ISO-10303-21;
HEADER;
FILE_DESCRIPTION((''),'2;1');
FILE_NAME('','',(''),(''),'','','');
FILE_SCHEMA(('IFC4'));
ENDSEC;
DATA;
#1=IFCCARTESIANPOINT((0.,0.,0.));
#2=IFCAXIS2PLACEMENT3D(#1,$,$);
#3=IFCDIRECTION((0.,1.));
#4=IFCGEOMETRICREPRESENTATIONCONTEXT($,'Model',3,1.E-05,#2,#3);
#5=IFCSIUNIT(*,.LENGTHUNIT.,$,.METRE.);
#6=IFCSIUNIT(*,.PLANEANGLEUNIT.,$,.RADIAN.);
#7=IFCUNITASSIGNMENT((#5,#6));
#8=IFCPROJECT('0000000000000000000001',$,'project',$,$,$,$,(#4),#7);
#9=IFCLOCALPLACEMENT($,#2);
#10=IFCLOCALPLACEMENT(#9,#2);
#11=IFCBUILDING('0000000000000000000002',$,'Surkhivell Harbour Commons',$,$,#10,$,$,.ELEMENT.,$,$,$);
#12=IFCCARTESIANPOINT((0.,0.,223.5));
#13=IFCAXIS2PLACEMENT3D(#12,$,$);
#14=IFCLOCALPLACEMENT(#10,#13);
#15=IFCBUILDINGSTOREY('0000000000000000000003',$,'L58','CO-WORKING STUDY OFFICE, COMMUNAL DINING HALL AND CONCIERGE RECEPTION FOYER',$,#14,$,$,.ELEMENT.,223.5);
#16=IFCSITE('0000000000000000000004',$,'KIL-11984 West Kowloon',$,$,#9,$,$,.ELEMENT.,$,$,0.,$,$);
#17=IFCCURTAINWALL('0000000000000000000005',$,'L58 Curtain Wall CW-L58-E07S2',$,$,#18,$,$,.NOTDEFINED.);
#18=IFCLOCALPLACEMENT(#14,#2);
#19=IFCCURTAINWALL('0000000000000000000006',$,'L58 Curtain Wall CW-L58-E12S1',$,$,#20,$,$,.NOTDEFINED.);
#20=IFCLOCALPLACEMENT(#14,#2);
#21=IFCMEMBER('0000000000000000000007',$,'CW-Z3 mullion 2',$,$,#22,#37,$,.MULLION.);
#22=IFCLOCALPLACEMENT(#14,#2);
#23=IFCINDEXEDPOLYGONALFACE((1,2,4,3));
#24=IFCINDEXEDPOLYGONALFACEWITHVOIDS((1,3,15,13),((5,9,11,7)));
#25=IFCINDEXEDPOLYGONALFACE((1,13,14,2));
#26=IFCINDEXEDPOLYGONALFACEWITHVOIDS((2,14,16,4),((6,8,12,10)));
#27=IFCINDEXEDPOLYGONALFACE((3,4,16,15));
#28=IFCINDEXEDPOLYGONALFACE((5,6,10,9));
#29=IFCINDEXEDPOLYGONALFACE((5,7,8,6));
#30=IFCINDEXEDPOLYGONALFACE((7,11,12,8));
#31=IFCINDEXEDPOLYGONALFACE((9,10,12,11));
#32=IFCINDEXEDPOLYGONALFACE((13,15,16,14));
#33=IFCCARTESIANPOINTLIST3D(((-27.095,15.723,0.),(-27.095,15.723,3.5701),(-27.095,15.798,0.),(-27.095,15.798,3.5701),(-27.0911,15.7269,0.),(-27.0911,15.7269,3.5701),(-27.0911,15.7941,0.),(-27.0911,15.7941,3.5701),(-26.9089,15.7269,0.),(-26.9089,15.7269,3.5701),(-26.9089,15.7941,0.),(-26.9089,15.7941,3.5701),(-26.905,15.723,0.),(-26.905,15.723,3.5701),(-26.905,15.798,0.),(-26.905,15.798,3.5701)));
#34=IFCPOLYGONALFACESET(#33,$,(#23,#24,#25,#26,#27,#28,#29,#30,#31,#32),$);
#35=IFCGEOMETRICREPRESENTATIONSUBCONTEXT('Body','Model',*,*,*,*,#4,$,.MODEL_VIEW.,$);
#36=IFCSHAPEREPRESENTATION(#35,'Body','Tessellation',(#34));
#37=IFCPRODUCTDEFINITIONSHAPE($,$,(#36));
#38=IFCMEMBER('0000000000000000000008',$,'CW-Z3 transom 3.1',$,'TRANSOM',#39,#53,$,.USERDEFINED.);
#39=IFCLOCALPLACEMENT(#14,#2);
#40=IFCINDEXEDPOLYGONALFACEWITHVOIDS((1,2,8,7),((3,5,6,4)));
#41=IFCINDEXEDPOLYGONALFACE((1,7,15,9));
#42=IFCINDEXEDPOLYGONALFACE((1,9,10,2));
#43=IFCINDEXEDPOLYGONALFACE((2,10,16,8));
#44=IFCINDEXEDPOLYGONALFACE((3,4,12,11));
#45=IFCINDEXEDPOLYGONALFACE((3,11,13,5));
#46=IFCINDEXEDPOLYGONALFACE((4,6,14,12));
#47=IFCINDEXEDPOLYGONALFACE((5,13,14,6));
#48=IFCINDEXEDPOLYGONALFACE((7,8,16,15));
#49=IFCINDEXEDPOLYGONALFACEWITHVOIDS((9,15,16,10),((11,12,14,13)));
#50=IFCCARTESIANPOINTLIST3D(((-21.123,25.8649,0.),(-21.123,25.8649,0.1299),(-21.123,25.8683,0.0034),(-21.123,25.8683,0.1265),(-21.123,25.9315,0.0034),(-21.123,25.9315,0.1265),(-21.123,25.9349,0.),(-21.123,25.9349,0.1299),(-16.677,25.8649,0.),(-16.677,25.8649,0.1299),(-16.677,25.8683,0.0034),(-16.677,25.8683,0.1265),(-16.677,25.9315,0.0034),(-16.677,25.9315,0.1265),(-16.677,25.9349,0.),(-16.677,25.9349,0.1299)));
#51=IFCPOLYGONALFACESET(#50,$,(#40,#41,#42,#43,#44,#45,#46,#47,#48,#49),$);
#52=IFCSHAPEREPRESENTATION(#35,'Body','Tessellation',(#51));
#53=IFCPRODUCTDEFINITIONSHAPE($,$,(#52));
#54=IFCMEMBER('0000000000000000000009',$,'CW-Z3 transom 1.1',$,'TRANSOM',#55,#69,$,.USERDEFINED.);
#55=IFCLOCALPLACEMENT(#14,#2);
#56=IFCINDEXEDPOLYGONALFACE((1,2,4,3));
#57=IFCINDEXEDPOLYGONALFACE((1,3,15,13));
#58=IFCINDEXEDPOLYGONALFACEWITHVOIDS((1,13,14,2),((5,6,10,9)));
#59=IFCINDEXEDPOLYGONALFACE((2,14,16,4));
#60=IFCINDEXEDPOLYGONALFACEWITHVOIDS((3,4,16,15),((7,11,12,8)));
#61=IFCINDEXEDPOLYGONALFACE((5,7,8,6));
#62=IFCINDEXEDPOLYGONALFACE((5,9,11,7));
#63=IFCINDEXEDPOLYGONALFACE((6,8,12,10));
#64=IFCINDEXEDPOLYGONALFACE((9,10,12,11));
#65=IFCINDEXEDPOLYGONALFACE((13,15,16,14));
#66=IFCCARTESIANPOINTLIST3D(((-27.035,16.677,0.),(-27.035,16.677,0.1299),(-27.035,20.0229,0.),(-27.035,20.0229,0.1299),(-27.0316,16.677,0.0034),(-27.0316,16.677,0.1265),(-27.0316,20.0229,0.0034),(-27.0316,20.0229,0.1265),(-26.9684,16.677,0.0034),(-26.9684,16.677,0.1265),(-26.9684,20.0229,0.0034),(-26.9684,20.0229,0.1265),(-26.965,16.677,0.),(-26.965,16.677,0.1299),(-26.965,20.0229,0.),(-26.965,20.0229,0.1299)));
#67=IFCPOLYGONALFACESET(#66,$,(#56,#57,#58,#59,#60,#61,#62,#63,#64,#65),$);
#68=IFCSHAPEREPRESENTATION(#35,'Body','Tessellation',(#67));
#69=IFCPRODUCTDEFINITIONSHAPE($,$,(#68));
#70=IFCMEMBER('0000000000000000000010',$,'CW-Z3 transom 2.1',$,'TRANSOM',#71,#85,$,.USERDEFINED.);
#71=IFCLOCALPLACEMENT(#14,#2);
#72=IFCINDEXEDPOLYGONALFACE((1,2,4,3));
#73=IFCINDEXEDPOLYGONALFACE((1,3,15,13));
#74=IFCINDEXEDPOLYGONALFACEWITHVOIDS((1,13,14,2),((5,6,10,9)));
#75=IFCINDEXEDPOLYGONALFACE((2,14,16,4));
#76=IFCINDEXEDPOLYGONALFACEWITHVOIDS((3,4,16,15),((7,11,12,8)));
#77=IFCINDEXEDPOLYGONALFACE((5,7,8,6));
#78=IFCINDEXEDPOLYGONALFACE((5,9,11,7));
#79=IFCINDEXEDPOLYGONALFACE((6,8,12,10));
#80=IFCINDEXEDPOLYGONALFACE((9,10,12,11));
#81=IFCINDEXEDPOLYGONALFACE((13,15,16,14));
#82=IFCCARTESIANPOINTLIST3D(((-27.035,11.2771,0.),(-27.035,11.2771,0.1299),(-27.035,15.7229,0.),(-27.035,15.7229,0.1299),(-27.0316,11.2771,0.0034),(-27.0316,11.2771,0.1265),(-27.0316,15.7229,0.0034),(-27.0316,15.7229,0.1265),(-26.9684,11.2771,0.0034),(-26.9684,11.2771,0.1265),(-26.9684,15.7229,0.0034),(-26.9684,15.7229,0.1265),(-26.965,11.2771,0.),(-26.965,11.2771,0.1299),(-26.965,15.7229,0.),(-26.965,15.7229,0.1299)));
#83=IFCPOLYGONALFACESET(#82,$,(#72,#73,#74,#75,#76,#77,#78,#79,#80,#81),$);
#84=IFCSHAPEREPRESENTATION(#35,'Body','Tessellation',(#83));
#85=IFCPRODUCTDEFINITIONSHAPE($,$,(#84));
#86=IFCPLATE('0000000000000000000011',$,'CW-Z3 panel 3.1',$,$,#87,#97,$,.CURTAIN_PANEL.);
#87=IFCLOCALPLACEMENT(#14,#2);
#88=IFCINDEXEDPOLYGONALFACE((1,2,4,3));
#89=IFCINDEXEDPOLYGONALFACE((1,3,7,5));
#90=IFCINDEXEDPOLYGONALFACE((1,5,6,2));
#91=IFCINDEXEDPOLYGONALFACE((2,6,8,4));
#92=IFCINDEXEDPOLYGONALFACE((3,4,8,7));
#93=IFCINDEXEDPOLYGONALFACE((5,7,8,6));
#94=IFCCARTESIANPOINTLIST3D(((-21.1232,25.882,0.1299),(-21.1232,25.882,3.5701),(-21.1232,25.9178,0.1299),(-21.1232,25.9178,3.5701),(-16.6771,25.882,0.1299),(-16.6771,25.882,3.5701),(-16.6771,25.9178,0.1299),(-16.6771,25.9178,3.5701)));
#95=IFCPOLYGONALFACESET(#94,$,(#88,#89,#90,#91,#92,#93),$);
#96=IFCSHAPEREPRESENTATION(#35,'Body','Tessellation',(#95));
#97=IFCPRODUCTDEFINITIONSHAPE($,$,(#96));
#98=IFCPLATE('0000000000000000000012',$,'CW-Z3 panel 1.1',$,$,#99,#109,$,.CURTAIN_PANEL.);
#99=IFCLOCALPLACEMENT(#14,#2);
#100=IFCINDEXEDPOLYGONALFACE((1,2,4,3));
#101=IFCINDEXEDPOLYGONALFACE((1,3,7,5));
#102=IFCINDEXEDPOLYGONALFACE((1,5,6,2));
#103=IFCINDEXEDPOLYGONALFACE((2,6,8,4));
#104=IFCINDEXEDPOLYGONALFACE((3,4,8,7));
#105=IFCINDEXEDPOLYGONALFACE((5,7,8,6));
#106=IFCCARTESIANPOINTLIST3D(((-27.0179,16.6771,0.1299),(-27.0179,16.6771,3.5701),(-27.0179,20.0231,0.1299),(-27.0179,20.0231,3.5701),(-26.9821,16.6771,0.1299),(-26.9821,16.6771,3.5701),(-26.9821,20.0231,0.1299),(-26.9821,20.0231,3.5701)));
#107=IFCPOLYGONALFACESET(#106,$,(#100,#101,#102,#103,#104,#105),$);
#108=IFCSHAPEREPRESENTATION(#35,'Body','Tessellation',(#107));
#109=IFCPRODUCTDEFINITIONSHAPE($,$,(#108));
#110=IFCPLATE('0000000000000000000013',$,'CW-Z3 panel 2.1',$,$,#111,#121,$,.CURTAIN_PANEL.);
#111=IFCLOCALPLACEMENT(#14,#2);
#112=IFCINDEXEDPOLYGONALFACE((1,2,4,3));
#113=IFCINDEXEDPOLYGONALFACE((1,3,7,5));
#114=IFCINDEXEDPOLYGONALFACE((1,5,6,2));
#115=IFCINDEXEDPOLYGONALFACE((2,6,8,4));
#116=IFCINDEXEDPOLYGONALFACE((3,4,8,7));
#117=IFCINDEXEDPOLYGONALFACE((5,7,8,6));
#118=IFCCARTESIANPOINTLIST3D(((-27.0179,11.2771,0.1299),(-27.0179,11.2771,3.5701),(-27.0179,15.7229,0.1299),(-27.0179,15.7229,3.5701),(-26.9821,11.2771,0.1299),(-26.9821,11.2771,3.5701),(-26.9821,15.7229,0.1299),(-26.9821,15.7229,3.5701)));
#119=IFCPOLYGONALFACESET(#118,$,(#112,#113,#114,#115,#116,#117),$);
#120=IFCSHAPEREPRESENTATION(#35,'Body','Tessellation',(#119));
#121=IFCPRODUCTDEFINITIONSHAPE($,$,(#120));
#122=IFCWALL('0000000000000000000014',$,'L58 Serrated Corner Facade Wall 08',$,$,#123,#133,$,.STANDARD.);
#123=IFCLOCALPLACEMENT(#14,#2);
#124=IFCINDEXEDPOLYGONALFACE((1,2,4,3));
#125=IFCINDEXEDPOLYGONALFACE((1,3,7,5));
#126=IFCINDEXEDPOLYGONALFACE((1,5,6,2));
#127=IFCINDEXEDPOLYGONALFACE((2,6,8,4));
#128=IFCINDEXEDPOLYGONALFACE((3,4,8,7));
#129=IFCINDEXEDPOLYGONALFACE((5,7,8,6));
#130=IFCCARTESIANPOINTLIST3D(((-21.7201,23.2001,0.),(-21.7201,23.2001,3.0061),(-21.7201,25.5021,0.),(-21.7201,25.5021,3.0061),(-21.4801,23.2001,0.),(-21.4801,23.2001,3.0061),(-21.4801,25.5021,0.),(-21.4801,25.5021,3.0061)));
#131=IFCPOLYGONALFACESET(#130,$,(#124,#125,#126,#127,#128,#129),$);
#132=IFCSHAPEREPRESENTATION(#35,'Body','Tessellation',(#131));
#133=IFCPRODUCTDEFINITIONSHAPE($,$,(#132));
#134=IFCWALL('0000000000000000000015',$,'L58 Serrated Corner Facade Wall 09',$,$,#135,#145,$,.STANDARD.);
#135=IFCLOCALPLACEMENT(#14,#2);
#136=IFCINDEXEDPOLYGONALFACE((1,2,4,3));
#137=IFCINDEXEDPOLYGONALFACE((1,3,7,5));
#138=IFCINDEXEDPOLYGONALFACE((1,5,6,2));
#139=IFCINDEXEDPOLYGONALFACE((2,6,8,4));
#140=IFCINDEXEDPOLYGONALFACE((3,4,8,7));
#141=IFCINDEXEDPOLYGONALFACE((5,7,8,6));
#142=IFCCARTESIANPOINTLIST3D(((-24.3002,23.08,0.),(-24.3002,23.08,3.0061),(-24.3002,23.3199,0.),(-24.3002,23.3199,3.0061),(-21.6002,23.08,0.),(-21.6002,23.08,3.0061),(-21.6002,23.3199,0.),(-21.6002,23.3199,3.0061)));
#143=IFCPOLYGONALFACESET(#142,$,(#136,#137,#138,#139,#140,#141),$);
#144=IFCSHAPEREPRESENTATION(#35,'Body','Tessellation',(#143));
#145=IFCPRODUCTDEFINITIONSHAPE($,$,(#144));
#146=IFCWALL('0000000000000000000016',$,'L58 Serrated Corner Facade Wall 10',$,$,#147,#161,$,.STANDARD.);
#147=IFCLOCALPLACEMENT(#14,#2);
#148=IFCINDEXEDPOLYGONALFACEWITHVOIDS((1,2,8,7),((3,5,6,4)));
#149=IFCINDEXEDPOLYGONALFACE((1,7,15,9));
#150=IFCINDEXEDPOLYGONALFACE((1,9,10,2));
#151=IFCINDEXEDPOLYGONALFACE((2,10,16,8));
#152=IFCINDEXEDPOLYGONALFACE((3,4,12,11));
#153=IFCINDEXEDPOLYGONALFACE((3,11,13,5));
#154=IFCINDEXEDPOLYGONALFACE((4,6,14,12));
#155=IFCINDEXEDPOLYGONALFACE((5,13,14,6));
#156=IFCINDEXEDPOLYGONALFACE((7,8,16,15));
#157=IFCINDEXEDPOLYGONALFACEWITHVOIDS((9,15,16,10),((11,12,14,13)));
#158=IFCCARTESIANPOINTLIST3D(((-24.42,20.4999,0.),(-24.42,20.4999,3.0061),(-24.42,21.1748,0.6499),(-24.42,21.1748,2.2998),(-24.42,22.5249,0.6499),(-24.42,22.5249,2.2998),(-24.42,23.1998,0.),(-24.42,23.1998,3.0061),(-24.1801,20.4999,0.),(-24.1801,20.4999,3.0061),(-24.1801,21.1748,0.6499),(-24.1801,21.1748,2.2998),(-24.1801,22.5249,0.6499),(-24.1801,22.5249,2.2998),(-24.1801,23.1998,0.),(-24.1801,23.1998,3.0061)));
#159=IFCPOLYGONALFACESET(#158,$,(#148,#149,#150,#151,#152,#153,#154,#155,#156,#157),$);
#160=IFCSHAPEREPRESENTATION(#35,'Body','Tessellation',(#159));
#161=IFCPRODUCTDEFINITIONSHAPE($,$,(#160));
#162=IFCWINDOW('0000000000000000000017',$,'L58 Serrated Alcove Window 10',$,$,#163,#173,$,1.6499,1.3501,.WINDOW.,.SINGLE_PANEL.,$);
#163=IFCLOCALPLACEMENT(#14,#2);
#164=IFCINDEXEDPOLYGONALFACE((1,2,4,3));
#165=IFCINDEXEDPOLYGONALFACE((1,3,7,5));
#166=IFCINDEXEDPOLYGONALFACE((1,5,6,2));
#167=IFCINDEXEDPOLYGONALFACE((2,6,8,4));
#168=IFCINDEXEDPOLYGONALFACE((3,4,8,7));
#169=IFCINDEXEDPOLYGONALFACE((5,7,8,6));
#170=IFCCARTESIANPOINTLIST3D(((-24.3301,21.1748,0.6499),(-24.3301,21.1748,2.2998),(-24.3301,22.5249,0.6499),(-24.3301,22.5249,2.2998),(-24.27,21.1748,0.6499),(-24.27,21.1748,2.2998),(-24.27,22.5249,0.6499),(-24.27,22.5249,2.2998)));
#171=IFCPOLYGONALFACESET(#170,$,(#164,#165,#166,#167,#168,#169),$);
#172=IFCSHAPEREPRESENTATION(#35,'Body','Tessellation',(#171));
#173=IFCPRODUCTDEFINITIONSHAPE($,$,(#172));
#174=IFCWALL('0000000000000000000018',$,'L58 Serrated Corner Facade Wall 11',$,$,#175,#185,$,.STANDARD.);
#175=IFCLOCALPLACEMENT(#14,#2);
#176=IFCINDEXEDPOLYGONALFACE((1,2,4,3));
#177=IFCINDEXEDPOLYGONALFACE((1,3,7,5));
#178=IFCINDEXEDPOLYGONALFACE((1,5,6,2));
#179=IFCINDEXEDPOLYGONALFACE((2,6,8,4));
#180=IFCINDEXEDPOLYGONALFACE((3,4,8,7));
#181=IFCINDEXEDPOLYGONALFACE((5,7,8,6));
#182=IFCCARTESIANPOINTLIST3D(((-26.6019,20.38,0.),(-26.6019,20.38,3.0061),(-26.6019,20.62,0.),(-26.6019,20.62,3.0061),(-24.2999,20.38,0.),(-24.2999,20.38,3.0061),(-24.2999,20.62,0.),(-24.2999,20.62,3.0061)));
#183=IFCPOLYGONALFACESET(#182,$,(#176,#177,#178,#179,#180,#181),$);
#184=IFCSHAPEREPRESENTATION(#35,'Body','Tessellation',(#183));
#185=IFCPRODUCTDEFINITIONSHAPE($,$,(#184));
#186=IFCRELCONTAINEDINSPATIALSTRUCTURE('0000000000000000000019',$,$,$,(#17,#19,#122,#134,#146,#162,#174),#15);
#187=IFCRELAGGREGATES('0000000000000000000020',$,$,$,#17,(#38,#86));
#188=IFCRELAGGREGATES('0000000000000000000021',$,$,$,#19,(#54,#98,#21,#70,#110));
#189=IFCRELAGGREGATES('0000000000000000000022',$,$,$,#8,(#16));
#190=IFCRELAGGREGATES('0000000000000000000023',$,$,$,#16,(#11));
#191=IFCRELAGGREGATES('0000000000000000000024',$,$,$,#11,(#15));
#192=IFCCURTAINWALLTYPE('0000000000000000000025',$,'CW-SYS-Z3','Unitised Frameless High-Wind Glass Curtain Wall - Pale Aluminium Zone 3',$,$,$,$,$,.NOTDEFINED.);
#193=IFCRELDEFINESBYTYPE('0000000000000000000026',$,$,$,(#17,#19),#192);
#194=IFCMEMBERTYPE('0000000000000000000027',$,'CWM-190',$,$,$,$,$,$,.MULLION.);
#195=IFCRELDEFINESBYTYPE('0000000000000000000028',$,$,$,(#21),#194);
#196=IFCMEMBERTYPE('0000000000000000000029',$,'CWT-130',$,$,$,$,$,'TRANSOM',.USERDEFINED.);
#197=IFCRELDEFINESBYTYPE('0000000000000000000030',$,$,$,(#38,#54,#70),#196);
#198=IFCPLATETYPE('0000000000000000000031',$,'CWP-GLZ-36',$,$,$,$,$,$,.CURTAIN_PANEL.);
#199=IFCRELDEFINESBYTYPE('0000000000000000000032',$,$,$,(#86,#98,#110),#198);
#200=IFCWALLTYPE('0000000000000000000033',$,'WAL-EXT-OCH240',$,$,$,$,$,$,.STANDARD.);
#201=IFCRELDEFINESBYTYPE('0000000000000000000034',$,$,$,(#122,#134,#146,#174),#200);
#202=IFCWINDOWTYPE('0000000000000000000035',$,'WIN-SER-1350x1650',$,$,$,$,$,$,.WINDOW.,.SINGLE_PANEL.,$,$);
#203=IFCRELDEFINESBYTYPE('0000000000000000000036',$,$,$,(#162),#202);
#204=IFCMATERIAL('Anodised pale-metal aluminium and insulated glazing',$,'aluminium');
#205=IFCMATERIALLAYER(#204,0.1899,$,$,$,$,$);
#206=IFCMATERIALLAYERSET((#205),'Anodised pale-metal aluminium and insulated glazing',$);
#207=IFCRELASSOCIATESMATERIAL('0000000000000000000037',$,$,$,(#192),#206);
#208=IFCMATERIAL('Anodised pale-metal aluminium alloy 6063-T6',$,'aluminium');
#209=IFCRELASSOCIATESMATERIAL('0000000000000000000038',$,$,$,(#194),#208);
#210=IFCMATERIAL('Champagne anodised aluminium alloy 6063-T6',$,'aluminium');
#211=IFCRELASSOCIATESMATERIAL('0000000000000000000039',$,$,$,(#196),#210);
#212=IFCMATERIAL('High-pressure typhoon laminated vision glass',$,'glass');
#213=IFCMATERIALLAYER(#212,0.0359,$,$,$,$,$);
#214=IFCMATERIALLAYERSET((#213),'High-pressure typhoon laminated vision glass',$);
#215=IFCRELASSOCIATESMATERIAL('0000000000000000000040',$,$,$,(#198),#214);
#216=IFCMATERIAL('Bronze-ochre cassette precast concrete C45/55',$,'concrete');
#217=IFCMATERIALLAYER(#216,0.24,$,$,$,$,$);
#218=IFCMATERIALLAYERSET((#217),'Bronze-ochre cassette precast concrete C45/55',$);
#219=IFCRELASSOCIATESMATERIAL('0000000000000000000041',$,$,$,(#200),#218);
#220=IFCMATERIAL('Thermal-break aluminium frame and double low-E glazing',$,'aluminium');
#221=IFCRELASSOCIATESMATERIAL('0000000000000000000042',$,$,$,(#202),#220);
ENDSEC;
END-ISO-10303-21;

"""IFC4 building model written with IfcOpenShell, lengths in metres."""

from ifc_helpers import new_model, si_unit, direction, frame, frame_2d, origin, origin_2d, place, context, subcontext, project, spatial, rectangle, hollow_rectangle, extrude, material, layer, layer_set, material_profile, profile_set, type_object, element, fill, aggregate, save


model = new_model("IFC4")

# Units and contexts
model_context = context("Model", 3, precision=1e-05, world=origin(), true_north=direction((0.0, 1.0)))
body_context = subcontext(model_context, "Body", "Model", "MODEL_VIEW")
ifc_project = project(units=[si_unit("LENGTHUNIT", "METRE"), si_unit("PLANEANGLEUNIT", "RADIAN")], contexts=[model_context])

# Site, building, storey
site_placement = place(None, origin())
site = spatial("IfcSite", under=ifc_project, at=site_placement, Name="KIL-11984 West Kowloon", CompositionType="ELEMENT", RefElevation=0.0)
building_placement = place(site_placement, origin())
building = spatial("IfcBuilding", under=site, at=building_placement, Name="Surkhivell Harbour Commons", CompositionType="ELEMENT")
storey_placement = place(building_placement, frame((0.0, 0.0, 223.5)))
storey = spatial("IfcBuildingStorey", under=building, at=storey_placement, Name="L58", Description="CO-WORKING STUDY OFFICE, COMMUNAL DINING HALL AND CONCIERGE RECEPTION FOYER", CompositionType="ELEMENT", Elevation=223.5)

# Curtain walls, member
ifc_material_1 = material(Name="Anodised pale-metal aluminium and insulated glazing", Category="aluminium")
ifc_layer_1 = layer(ifc_material_1, 0.1899)
ifc_layer_set_1 = layer_set([ifc_layer_1], Name="Anodised pale-metal aluminium and insulated glazing")
curtain_wall_type = type_object("IfcCurtainWallType", Name="CW-SYS-Z3", Description="Unitised Frameless High-Wind Glass Curtain Wall - Pale Aluminium Zone 3", PredefinedType="NOTDEFINED", material=ifc_layer_set_1)
curtain_wall_1_placement = place(storey_placement, origin())
curtain_wall_1 = element("IfcCurtainWall", 1, at=curtain_wall_1_placement, inside=storey, type_object=curtain_wall_type, Name="L58 Curtain Wall CW-L58-E07S2", PredefinedType="NOTDEFINED")
ifc_material_2 = material(Name="Anodised pale-metal aluminium alloy 6063-T6", Category="aluminium")
ifc_material_profile_1 = material_profile(ifc_material_2, hollow_rectangle(XDim=0.075, YDim=0.1899, WallThickness=0.0039, at=origin_2d()), Name="ALU-MULL-75x190")
ifc_profile_set_1 = profile_set([ifc_material_profile_1], Name="Anodised pale-metal aluminium alloy 6063-T6")
member_type_1 = type_object("IfcMemberType", Name="CWM-190", PredefinedType="MULLION", material=ifc_profile_set_1)
curtain_wall_2_placement = place(storey_placement, origin())
curtain_wall_2 = element("IfcCurtainWall", 2, at=curtain_wall_2_placement, inside=storey, type_object=curtain_wall_type, Name="L58 Curtain Wall CW-L58-E12S1", PredefinedType="NOTDEFINED")
member_1_placement = place(storey_placement, frame((-27.0, 15.7605, 0.0), z_axis=(0.0, 0.0, 1.0), x_axis=(0.0, -1.0, 0.0)))
member_1 = element("IfcMember", 3, at=member_1_placement, type_object=member_type_1, Name="CW-Z3 mullion 2", PredefinedType="MULLION", context=body_context, shape_type="SweptSolid", body=[
    extrude(hollow_rectangle(XDim=0.075, YDim=0.1899, WallThickness=0.0039, at=origin_2d()), origin(), (0.0, 0.0, 1.0), 3.5701),
])

# Members
ifc_material_3 = material(Name="Champagne anodised aluminium alloy 6063-T6", Category="aluminium")
ifc_material_profile_2 = material_profile(ifc_material_3, hollow_rectangle(XDim=0.0701, YDim=0.1299, WallThickness=0.0034, at=origin_2d()), Name="ALU-TRAN-70x130")
ifc_profile_set_2 = profile_set([ifc_material_profile_2], Name="Champagne anodised aluminium alloy 6063-T6")
member_type_2 = type_object("IfcMemberType", Name="CWT-130", ElementType="TRANSOM", PredefinedType="USERDEFINED", material=ifc_profile_set_2)
member_2_placement = place(storey_placement, frame((-16.677, 25.8999, 0.0649), z_axis=(-1.0, 0.0, 0.0), x_axis=(0.0, -1.0, 0.0)))
member_2 = element("IfcMember", 4, at=member_2_placement, type_object=member_type_2, Name="CW-Z3 transom 3.1", ObjectType="TRANSOM", PredefinedType="USERDEFINED", context=body_context, shape_type="SweptSolid", body=[
    extrude(hollow_rectangle(XDim=0.0701, YDim=0.1299, WallThickness=0.0034, at=origin_2d()), origin(), (0.0, 0.0, 1.0), 4.446),
])
member_3_placement = place(storey_placement, frame((-27.0, 20.0229, 0.0649), z_axis=(0.0, -1.0, 0.0), x_axis=(1.0, 0.0, 0.0)))
member_3 = element("IfcMember", 5, at=member_3_placement, type_object=member_type_2, Name="CW-Z3 transom 1.1", ObjectType="TRANSOM", PredefinedType="USERDEFINED", context=body_context, shape_type="SweptSolid", body=[
    extrude(hollow_rectangle(XDim=0.0701, YDim=0.1299, WallThickness=0.0034, at=origin_2d()), origin(), (0.0, 0.0, 1.0), 3.3459),
])
member_4_placement = place(storey_placement, frame((-27.0, 15.7229, 0.0649), z_axis=(0.0, -1.0, 0.0), x_axis=(1.0, 0.0, 0.0)))
member_4 = element("IfcMember", 6, at=member_4_placement, type_object=member_type_2, Name="CW-Z3 transom 2.1", ObjectType="TRANSOM", PredefinedType="USERDEFINED", context=body_context, shape_type="SweptSolid", body=[
    extrude(hollow_rectangle(XDim=0.0701, YDim=0.1299, WallThickness=0.0034, at=origin_2d()), origin(), (0.0, 0.0, 1.0), 4.4458),
])

# Plates
ifc_material_4 = material(Name="High-pressure typhoon laminated vision glass", Category="glass")
ifc_layer_2 = layer(ifc_material_4, 0.0359)
ifc_layer_set_2 = layer_set([ifc_layer_2], Name="High-pressure typhoon laminated vision glass")
plate_type = type_object("IfcPlateType", Name="CWP-GLZ-36", PredefinedType="CURTAIN_PANEL", material=ifc_layer_set_2)
plate_1_placement = place(storey_placement, frame((-16.677, 25.8999, 0.1299), z_axis=(0.0, 0.0, 1.0), x_axis=(-1.0, 0.0, 0.0)))
plate_1 = element("IfcPlate", 7, at=plate_1_placement, type_object=plate_type, Name="CW-Z3 panel 3.1", PredefinedType="CURTAIN_PANEL", context=body_context, shape_type="SweptSolid", body=[
    extrude(rectangle(XDim=4.446, YDim=0.0359, at=frame_2d((2.2231, 0.0))), origin(), (0.0, 0.0, 1.0), 3.4402),
])
aggregate(curtain_wall_1, [member_2, plate_1])
plate_2_placement = place(storey_placement, frame((-27.0, 20.0229, 0.1299), z_axis=(0.0, 0.0, 1.0), x_axis=(0.0, -1.0, 0.0)))
plate_2 = element("IfcPlate", 8, at=plate_2_placement, type_object=plate_type, Name="CW-Z3 panel 1.1", PredefinedType="CURTAIN_PANEL", context=body_context, shape_type="SweptSolid", body=[
    extrude(rectangle(XDim=3.3459, YDim=0.0359, at=frame_2d((1.6729, 0.0))), origin(), (0.0, 0.0, 1.0), 3.4402),
])
plate_3_placement = place(storey_placement, frame((-27.0, 15.7229, 0.1299), z_axis=(0.0, 0.0, 1.0), x_axis=(0.0, -1.0, 0.0)))
plate_3 = element("IfcPlate", 9, at=plate_3_placement, type_object=plate_type, Name="CW-Z3 panel 2.1", PredefinedType="CURTAIN_PANEL", context=body_context, shape_type="SweptSolid", body=[
    extrude(rectangle(XDim=4.4458, YDim=0.0359, at=frame_2d((2.2229, 0.0))), origin(), (0.0, 0.0, 1.0), 3.4402),
])
aggregate(curtain_wall_2, [member_3, plate_2, member_1, member_4, plate_3])

# Walls
ifc_material_5 = material(Name="Bronze-ochre cassette precast concrete C45/55", Category="concrete")
ifc_layer_3 = layer(ifc_material_5, 0.24)
ifc_layer_set_3 = layer_set([ifc_layer_3], Name="Bronze-ochre cassette precast concrete C45/55")
wall_type = type_object("IfcWallType", Name="WAL-EXT-OCH240", PredefinedType="STANDARD", material=ifc_layer_set_3)
wall_1_placement = place(storey_placement, frame((-21.6001, 25.502, 0.0), z_axis=(0.0, 0.0, 1.0), x_axis=(0.0, -1.0, 0.0)))
element("IfcWall", 10, at=wall_1_placement, inside=storey, type_object=wall_type, Name="L58 Serrated Corner Facade Wall 08", PredefinedType="STANDARD", context=body_context, shape_type="SweptSolid", body=[
    extrude(rectangle(XDim=2.302, YDim=0.24, at=frame_2d((1.1509, 0.0))), origin(), (0.0, 0.0, 1.0), 3.0061),
])
wall_2_placement = place(storey_placement, frame((-21.6001, 23.2, 0.0), z_axis=(0.0, 0.0, 1.0), x_axis=(-1.0, 0.0, 0.0)))
element("IfcWall", 11, at=wall_2_placement, inside=storey, type_object=wall_type, Name="L58 Serrated Corner Facade Wall 09", PredefinedType="STANDARD", context=body_context, shape_type="SweptSolid", body=[
    extrude(rectangle(XDim=2.7, YDim=0.24, at=frame_2d((1.3501, 0.0))), origin(), (0.0, 0.0, 1.0), 3.0061),
])

# Wall, opening, window
wall_3_placement = place(storey_placement, frame((-24.3, 23.2, 0.0), z_axis=(0.0, 0.0, 1.0), x_axis=(0.0, -1.0, 0.0)))
wall_3 = element("IfcWall", 12, at=wall_3_placement, inside=storey, type_object=wall_type, Name="L58 Serrated Corner Facade Wall 10", PredefinedType="STANDARD", context=body_context, shape_type="SweptSolid", body=[
    extrude(rectangle(XDim=2.7, YDim=0.24, at=frame_2d((1.3501, 0.0))), origin(), (0.0, 0.0, 1.0), 3.0061),
])
opening_placement = place(wall_3_placement, frame((0.675, 0.0, 0.6499)))
opening = element("IfcOpeningElement", 13, at=opening_placement, cuts=wall_3, PredefinedType="OPENING", context=body_context, shape_type="SweptSolid", body=[
    extrude(rectangle(XDim=1.3501, YDim=1.6499, at=frame_2d((0.675, 0.825))), frame((0.0, 0.1299, 0.0), z_axis=(0.0, -1.0, 0.0), x_axis=(1.0, 0.0, 0.0)), (0.0, 0.0, 1.0), 0.26),
])
ifc_material_6 = material(Name="Thermal-break aluminium frame and double low-E glazing", Category="aluminium")
window_type = type_object("IfcWindowType", Name="WIN-SER-1350x1650", PartitioningType="SINGLE_PANEL", PredefinedType="WINDOW", material=ifc_material_6)
window_placement = place(opening_placement, origin())
window = element("IfcWindow", 14, at=window_placement, inside=storey, type_object=window_type, Name="L58 Serrated Alcove Window 10", OverallHeight=1.6499, OverallWidth=1.3501, PartitioningType="SINGLE_PANEL", PredefinedType="WINDOW", context=body_context, shape_type="SweptSolid", body=[
    extrude(rectangle(XDim=1.3501, YDim=1.6499, at=frame_2d((0.675, 0.825))), frame((0.0, 0.03, 0.0), z_axis=(0.0, -1.0, 0.0), x_axis=(1.0, 0.0, 0.0)), (0.0, 0.0, 1.0), 0.0601),
])
fill(opening, window)

# Wall
wall_4_placement = place(storey_placement, frame((-24.3, 20.5, 0.0), z_axis=(0.0, 0.0, 1.0), x_axis=(-1.0, 0.0, 0.0)))
element("IfcWall", 15, at=wall_4_placement, inside=storey, type_object=wall_type, Name="L58 Serrated Corner Facade Wall 11", PredefinedType="STANDARD", context=body_context, shape_type="SweptSolid", body=[
    extrude(rectangle(XDim=2.302, YDim=0.24, at=frame_2d((1.1509, 0.0))), origin(), (0.0, 0.0, 1.0), 3.0061),
])

save(model, "model.ifc")
